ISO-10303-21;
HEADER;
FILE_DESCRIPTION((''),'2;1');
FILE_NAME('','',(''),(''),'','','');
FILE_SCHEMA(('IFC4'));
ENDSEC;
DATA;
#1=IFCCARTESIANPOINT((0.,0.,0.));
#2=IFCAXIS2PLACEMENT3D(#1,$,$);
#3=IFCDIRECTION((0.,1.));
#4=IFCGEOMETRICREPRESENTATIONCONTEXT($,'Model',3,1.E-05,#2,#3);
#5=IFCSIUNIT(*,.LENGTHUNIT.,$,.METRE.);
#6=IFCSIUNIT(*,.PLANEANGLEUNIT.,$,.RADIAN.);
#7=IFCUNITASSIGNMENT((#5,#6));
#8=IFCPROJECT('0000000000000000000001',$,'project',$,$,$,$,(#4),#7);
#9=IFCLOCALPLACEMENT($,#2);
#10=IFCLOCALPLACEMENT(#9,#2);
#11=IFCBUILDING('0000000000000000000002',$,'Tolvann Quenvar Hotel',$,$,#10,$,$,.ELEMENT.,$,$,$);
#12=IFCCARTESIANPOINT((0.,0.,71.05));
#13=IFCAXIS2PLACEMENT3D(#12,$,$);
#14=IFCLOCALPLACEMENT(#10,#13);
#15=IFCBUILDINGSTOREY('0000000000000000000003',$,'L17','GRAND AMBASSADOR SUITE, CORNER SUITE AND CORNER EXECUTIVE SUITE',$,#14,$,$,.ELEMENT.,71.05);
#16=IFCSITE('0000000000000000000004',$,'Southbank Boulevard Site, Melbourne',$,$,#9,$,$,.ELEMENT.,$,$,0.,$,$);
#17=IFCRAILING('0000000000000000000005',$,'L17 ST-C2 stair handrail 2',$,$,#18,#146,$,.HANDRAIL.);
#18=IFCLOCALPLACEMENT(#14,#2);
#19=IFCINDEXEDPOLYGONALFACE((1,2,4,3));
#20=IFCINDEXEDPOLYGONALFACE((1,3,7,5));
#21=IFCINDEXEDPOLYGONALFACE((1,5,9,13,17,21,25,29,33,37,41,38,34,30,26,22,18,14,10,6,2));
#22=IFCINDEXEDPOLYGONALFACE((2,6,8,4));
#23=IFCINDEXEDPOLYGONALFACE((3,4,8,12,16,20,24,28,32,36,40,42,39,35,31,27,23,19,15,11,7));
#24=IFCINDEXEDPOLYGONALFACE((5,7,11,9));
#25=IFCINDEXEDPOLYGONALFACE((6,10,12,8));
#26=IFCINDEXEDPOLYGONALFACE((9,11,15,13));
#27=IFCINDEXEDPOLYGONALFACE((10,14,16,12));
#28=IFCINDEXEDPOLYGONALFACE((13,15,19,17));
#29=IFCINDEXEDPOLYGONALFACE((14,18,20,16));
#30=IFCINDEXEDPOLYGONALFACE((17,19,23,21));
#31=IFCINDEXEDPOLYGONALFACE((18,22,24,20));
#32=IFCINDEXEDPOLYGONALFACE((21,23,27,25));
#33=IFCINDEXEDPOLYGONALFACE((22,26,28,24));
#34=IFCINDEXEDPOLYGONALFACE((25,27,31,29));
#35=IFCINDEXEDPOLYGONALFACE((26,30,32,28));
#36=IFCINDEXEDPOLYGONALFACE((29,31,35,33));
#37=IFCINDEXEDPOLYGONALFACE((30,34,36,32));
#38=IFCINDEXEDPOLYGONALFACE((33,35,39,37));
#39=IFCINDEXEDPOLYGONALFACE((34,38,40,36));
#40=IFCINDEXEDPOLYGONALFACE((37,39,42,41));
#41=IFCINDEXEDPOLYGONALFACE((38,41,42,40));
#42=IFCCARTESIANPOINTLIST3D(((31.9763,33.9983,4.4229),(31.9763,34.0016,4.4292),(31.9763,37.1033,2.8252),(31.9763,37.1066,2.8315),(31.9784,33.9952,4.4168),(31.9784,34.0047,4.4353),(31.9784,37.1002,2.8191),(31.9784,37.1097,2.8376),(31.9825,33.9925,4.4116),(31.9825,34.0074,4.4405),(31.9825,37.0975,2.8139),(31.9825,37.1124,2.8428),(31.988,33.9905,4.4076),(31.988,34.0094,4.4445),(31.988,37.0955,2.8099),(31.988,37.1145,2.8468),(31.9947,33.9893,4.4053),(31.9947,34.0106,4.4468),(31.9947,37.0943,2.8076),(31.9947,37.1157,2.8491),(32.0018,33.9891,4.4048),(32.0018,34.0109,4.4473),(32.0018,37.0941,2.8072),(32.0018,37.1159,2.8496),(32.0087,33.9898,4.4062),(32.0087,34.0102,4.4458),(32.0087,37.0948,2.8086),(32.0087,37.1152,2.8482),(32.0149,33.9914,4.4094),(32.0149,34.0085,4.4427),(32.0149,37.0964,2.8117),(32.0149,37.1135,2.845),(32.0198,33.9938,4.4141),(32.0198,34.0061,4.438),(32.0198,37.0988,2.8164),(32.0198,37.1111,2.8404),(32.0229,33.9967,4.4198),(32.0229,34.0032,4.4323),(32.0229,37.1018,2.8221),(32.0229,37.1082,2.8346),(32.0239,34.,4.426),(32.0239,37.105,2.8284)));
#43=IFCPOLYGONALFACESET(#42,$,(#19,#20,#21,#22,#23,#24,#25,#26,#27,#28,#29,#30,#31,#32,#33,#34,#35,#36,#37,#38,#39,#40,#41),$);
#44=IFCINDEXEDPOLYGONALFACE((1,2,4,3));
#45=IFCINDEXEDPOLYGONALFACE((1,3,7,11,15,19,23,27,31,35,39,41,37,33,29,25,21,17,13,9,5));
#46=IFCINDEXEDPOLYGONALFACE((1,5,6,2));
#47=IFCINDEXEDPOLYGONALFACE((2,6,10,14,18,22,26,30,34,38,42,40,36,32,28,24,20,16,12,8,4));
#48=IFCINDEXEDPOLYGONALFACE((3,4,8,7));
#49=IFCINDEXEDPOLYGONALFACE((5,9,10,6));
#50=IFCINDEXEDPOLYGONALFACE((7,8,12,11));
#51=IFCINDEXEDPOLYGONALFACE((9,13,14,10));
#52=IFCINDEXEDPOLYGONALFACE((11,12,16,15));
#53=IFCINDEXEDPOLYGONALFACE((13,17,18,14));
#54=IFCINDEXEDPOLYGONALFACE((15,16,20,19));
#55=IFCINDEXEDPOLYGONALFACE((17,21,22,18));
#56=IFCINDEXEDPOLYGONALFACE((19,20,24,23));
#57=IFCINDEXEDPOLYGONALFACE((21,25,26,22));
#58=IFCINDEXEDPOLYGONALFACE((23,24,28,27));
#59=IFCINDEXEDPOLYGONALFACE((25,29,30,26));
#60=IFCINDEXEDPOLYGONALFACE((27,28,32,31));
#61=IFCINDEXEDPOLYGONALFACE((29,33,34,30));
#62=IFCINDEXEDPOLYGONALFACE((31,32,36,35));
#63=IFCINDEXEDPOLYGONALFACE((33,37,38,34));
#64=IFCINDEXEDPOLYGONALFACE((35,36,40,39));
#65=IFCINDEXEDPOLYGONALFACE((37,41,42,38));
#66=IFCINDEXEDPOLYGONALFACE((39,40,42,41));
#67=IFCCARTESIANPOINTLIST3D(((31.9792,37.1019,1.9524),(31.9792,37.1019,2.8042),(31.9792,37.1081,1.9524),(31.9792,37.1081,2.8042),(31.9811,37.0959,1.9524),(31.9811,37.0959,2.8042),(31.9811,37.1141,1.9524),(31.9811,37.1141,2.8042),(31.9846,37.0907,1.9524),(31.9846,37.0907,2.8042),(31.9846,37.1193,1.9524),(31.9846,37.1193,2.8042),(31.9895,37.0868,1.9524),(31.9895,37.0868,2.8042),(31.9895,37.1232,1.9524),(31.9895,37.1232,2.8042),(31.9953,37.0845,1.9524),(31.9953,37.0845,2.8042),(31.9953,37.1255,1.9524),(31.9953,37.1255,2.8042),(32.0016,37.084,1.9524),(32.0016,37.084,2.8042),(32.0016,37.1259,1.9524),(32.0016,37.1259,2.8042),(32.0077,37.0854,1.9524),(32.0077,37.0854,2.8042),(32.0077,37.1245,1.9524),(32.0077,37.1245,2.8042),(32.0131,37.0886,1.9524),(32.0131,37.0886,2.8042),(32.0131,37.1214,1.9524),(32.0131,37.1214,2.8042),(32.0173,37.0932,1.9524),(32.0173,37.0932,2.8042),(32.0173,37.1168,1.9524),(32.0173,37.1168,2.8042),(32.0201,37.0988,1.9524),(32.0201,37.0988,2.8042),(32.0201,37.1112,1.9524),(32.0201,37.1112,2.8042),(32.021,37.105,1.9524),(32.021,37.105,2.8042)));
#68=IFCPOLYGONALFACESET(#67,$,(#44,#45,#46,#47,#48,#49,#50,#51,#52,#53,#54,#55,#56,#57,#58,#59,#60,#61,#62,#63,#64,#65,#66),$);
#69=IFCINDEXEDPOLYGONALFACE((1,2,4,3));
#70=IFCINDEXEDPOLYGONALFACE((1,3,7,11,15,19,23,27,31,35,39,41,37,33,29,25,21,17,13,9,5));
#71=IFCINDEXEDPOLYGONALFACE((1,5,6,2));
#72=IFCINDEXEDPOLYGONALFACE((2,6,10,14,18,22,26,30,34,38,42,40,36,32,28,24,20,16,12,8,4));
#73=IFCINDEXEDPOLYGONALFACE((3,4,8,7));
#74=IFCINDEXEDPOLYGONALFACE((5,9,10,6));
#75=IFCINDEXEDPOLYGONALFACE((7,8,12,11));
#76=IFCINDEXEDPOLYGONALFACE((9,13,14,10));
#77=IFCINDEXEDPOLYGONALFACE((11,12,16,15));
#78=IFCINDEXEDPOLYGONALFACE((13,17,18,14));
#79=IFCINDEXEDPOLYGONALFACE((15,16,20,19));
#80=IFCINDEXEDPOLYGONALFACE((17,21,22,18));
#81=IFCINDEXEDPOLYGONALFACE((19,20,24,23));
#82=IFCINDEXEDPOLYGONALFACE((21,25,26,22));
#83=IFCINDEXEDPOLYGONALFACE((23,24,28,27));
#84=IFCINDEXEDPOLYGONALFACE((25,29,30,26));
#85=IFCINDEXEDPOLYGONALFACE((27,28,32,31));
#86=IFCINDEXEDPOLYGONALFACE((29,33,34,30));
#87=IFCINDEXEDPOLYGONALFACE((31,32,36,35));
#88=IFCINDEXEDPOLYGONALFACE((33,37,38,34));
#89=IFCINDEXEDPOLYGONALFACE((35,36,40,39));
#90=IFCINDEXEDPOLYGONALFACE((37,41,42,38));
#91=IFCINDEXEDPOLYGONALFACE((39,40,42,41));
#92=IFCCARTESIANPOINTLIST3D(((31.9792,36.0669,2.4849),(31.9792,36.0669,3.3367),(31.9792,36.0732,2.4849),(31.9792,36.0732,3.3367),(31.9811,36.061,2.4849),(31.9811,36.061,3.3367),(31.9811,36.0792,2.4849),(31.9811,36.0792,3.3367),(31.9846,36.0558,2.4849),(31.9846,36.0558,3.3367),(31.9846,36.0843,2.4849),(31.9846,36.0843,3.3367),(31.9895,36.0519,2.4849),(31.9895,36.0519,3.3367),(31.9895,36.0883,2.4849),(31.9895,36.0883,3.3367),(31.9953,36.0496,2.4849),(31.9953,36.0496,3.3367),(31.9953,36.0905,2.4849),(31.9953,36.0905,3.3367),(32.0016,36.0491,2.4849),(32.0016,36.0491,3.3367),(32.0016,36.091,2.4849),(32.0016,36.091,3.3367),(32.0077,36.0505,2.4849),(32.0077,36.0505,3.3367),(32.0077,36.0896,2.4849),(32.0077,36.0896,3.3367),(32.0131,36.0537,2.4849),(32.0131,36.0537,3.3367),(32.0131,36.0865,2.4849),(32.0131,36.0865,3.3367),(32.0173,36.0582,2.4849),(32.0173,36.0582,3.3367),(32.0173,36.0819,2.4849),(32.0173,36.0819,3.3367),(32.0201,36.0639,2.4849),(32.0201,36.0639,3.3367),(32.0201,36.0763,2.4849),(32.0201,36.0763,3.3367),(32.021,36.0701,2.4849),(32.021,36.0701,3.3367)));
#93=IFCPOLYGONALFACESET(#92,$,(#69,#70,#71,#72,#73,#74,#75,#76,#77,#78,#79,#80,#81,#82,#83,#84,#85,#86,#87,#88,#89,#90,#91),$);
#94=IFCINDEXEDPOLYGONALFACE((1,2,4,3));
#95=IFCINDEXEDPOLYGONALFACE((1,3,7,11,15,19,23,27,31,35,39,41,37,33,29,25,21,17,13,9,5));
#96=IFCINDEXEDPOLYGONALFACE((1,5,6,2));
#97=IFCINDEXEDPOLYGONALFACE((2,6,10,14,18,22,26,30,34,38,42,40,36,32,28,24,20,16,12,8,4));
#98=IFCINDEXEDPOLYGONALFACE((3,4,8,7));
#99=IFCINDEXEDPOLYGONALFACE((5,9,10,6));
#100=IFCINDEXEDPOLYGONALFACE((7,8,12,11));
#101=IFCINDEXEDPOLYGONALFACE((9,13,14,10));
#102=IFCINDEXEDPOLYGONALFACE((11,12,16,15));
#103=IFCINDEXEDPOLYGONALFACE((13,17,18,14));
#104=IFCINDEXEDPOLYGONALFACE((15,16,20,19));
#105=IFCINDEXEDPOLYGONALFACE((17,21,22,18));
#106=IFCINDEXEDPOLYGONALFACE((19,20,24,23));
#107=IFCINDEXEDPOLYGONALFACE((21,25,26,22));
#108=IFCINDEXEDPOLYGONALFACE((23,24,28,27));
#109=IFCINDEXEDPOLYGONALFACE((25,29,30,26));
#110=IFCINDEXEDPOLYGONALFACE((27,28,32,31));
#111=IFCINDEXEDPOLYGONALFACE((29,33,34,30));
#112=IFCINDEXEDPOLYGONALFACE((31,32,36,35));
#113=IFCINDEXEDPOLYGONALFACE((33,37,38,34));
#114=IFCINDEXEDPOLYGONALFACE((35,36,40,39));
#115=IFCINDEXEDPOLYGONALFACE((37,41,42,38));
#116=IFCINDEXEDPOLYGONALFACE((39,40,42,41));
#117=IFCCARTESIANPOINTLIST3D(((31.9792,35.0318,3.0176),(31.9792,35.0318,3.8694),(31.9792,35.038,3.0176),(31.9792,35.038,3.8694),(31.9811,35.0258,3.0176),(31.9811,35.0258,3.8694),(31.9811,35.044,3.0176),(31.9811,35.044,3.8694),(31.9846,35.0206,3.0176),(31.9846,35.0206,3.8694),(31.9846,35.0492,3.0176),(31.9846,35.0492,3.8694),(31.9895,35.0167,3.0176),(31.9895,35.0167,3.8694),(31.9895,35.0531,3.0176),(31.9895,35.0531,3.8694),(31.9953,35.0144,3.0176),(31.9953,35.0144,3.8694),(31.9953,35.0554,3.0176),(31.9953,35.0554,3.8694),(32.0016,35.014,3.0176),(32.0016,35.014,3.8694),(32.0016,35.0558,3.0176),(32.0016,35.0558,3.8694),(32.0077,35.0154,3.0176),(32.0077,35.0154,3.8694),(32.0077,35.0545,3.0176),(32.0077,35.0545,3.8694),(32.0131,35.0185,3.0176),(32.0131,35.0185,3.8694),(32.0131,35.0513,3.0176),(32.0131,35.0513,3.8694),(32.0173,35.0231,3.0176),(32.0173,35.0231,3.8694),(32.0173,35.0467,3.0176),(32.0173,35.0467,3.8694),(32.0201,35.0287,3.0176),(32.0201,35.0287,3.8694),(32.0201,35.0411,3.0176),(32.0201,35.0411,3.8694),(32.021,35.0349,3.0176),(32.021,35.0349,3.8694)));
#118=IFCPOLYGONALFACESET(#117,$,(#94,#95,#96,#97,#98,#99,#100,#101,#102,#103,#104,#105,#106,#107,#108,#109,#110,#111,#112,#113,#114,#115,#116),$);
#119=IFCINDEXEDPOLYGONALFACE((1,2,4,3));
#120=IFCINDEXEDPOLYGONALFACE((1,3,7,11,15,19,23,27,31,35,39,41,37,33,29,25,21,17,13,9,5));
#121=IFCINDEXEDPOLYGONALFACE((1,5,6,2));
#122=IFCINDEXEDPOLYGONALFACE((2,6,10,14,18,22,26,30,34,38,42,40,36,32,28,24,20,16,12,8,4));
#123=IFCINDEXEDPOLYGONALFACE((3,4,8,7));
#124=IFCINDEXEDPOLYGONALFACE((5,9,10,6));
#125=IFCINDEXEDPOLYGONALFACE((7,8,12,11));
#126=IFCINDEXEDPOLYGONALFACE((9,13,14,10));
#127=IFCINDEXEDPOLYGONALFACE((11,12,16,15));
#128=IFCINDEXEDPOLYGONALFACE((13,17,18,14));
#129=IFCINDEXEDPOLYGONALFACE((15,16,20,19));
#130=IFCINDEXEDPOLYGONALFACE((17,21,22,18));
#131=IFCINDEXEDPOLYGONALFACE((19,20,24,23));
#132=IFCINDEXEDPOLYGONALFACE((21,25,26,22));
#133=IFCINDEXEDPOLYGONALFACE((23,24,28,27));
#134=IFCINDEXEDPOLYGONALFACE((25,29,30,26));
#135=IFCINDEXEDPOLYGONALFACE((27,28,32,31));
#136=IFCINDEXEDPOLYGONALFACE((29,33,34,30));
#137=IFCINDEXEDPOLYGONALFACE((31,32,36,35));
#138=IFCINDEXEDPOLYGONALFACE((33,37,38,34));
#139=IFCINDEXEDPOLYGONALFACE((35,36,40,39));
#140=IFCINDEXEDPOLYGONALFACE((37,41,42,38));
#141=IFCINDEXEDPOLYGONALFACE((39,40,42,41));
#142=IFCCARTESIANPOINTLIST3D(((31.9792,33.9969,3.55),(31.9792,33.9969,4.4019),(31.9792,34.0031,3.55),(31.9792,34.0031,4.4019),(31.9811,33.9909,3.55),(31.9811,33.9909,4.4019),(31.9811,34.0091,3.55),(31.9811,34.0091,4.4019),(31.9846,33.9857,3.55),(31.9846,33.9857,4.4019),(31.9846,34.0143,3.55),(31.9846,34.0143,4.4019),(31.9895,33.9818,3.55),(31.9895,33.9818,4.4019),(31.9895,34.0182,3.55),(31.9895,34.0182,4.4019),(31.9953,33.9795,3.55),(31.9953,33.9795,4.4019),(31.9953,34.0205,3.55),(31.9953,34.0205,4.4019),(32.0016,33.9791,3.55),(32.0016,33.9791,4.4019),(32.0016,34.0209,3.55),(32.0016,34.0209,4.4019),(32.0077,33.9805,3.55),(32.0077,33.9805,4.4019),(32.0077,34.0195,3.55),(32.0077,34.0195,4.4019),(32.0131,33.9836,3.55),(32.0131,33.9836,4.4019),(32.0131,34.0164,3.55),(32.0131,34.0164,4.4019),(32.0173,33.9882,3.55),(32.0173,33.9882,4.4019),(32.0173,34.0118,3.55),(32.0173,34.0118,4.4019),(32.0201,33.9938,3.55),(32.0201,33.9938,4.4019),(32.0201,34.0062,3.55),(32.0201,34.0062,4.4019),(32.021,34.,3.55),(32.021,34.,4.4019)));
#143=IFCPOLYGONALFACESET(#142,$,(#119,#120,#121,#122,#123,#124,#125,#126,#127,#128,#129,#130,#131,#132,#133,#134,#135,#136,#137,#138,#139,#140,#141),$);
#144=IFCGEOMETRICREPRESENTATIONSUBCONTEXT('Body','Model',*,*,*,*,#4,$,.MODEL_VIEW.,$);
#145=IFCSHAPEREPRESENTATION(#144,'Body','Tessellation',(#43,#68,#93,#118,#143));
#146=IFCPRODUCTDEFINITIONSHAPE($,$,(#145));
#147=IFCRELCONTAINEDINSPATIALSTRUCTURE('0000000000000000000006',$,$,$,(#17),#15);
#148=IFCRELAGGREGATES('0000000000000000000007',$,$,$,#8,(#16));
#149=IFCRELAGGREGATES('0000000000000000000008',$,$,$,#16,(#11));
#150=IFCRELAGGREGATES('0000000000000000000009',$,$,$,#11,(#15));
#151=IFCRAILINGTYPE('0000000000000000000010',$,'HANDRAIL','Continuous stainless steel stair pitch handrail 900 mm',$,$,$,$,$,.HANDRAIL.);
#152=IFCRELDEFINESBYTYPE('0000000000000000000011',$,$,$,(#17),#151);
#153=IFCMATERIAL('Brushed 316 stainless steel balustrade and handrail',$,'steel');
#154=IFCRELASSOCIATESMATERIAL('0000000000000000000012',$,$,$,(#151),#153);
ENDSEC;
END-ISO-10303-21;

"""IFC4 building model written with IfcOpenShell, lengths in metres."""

from ifc_helpers import new_model, si_unit, direction, frame, origin, origin_2d, place, context, subcontext, project, spatial, circle, extrude, material, type_object, element, save


model = new_model("IFC4")

# Units and contexts
model_context = context("Model", 3, precision=1e-05, world=origin(), true_north=direction((0.0, 1.0)))
body_context = subcontext(model_context, "Body", "Model", "MODEL_VIEW")
ifc_project = project(units=[si_unit("LENGTHUNIT", "METRE"), si_unit("PLANEANGLEUNIT", "RADIAN")], contexts=[model_context])

# Site, building, storey
site_placement = place(None, origin())
site = spatial("IfcSite", under=ifc_project, at=site_placement, Name="Southbank Boulevard Site, Melbourne", CompositionType="ELEMENT", RefElevation=0.0)
building_placement = place(site_placement, origin())
building = spatial("IfcBuilding", under=site, at=building_placement, Name="Tolvann Quenvar Hotel", CompositionType="ELEMENT")
storey_placement = place(building_placement, frame((0.0, 0.0, 71.05)))
storey = spatial("IfcBuildingStorey", under=building, at=storey_placement, Name="L17", Description="GRAND AMBASSADOR SUITE, CORNER SUITE AND CORNER EXECUTIVE SUITE", CompositionType="ELEMENT", Elevation=71.05)

# Railing
ifc_material_1 = material(Name="Brushed 316 stainless steel balustrade and handrail", Category="steel")
railing_type_1 = type_object("IfcRailingType", Name="HANDRAIL", Description="Continuous stainless steel stair pitch handrail 900 mm", PredefinedType="HANDRAIL", material=ifc_material_1)
railing_1_placement = place(storey_placement, frame((32.0, 37.105, 1.9524)))
element("IfcRailing", 1, at=railing_1_placement, inside=storey, type_object=railing_type_1, Name="L17 ST-C2 stair handrail 2", PredefinedType="HANDRAIL", context=body_context, shape_type="SweptSolid", body=[
    extrude(circle(Radius=0.0239, at=origin_2d()), frame((0.0, 0.0, 0.876), z_axis=(0.0, -0.889194, 0.457531), x_axis=(1.0, 0.0, 0.0)), (0.0, 0.0, 1.0), 3.4919),
    extrude(circle(Radius=0.021, at=origin_2d()), origin(), (0.0, 0.0, 1.0), 0.8518),
    extrude(circle(Radius=0.021, at=origin_2d()), frame((0.0, -1.0349, 0.5325)), (0.0, 0.0, 1.0), 0.8518),
    extrude(circle(Radius=0.021, at=origin_2d()), frame((0.0, -2.0701, 1.0652)), (0.0, 0.0, 1.0), 0.8518),
    extrude(circle(Radius=0.021, at=origin_2d()), frame((0.0, -3.105, 1.5977)), (0.0, 0.0, 1.0), 0.8518),
])

save(model, "model.ifc")
